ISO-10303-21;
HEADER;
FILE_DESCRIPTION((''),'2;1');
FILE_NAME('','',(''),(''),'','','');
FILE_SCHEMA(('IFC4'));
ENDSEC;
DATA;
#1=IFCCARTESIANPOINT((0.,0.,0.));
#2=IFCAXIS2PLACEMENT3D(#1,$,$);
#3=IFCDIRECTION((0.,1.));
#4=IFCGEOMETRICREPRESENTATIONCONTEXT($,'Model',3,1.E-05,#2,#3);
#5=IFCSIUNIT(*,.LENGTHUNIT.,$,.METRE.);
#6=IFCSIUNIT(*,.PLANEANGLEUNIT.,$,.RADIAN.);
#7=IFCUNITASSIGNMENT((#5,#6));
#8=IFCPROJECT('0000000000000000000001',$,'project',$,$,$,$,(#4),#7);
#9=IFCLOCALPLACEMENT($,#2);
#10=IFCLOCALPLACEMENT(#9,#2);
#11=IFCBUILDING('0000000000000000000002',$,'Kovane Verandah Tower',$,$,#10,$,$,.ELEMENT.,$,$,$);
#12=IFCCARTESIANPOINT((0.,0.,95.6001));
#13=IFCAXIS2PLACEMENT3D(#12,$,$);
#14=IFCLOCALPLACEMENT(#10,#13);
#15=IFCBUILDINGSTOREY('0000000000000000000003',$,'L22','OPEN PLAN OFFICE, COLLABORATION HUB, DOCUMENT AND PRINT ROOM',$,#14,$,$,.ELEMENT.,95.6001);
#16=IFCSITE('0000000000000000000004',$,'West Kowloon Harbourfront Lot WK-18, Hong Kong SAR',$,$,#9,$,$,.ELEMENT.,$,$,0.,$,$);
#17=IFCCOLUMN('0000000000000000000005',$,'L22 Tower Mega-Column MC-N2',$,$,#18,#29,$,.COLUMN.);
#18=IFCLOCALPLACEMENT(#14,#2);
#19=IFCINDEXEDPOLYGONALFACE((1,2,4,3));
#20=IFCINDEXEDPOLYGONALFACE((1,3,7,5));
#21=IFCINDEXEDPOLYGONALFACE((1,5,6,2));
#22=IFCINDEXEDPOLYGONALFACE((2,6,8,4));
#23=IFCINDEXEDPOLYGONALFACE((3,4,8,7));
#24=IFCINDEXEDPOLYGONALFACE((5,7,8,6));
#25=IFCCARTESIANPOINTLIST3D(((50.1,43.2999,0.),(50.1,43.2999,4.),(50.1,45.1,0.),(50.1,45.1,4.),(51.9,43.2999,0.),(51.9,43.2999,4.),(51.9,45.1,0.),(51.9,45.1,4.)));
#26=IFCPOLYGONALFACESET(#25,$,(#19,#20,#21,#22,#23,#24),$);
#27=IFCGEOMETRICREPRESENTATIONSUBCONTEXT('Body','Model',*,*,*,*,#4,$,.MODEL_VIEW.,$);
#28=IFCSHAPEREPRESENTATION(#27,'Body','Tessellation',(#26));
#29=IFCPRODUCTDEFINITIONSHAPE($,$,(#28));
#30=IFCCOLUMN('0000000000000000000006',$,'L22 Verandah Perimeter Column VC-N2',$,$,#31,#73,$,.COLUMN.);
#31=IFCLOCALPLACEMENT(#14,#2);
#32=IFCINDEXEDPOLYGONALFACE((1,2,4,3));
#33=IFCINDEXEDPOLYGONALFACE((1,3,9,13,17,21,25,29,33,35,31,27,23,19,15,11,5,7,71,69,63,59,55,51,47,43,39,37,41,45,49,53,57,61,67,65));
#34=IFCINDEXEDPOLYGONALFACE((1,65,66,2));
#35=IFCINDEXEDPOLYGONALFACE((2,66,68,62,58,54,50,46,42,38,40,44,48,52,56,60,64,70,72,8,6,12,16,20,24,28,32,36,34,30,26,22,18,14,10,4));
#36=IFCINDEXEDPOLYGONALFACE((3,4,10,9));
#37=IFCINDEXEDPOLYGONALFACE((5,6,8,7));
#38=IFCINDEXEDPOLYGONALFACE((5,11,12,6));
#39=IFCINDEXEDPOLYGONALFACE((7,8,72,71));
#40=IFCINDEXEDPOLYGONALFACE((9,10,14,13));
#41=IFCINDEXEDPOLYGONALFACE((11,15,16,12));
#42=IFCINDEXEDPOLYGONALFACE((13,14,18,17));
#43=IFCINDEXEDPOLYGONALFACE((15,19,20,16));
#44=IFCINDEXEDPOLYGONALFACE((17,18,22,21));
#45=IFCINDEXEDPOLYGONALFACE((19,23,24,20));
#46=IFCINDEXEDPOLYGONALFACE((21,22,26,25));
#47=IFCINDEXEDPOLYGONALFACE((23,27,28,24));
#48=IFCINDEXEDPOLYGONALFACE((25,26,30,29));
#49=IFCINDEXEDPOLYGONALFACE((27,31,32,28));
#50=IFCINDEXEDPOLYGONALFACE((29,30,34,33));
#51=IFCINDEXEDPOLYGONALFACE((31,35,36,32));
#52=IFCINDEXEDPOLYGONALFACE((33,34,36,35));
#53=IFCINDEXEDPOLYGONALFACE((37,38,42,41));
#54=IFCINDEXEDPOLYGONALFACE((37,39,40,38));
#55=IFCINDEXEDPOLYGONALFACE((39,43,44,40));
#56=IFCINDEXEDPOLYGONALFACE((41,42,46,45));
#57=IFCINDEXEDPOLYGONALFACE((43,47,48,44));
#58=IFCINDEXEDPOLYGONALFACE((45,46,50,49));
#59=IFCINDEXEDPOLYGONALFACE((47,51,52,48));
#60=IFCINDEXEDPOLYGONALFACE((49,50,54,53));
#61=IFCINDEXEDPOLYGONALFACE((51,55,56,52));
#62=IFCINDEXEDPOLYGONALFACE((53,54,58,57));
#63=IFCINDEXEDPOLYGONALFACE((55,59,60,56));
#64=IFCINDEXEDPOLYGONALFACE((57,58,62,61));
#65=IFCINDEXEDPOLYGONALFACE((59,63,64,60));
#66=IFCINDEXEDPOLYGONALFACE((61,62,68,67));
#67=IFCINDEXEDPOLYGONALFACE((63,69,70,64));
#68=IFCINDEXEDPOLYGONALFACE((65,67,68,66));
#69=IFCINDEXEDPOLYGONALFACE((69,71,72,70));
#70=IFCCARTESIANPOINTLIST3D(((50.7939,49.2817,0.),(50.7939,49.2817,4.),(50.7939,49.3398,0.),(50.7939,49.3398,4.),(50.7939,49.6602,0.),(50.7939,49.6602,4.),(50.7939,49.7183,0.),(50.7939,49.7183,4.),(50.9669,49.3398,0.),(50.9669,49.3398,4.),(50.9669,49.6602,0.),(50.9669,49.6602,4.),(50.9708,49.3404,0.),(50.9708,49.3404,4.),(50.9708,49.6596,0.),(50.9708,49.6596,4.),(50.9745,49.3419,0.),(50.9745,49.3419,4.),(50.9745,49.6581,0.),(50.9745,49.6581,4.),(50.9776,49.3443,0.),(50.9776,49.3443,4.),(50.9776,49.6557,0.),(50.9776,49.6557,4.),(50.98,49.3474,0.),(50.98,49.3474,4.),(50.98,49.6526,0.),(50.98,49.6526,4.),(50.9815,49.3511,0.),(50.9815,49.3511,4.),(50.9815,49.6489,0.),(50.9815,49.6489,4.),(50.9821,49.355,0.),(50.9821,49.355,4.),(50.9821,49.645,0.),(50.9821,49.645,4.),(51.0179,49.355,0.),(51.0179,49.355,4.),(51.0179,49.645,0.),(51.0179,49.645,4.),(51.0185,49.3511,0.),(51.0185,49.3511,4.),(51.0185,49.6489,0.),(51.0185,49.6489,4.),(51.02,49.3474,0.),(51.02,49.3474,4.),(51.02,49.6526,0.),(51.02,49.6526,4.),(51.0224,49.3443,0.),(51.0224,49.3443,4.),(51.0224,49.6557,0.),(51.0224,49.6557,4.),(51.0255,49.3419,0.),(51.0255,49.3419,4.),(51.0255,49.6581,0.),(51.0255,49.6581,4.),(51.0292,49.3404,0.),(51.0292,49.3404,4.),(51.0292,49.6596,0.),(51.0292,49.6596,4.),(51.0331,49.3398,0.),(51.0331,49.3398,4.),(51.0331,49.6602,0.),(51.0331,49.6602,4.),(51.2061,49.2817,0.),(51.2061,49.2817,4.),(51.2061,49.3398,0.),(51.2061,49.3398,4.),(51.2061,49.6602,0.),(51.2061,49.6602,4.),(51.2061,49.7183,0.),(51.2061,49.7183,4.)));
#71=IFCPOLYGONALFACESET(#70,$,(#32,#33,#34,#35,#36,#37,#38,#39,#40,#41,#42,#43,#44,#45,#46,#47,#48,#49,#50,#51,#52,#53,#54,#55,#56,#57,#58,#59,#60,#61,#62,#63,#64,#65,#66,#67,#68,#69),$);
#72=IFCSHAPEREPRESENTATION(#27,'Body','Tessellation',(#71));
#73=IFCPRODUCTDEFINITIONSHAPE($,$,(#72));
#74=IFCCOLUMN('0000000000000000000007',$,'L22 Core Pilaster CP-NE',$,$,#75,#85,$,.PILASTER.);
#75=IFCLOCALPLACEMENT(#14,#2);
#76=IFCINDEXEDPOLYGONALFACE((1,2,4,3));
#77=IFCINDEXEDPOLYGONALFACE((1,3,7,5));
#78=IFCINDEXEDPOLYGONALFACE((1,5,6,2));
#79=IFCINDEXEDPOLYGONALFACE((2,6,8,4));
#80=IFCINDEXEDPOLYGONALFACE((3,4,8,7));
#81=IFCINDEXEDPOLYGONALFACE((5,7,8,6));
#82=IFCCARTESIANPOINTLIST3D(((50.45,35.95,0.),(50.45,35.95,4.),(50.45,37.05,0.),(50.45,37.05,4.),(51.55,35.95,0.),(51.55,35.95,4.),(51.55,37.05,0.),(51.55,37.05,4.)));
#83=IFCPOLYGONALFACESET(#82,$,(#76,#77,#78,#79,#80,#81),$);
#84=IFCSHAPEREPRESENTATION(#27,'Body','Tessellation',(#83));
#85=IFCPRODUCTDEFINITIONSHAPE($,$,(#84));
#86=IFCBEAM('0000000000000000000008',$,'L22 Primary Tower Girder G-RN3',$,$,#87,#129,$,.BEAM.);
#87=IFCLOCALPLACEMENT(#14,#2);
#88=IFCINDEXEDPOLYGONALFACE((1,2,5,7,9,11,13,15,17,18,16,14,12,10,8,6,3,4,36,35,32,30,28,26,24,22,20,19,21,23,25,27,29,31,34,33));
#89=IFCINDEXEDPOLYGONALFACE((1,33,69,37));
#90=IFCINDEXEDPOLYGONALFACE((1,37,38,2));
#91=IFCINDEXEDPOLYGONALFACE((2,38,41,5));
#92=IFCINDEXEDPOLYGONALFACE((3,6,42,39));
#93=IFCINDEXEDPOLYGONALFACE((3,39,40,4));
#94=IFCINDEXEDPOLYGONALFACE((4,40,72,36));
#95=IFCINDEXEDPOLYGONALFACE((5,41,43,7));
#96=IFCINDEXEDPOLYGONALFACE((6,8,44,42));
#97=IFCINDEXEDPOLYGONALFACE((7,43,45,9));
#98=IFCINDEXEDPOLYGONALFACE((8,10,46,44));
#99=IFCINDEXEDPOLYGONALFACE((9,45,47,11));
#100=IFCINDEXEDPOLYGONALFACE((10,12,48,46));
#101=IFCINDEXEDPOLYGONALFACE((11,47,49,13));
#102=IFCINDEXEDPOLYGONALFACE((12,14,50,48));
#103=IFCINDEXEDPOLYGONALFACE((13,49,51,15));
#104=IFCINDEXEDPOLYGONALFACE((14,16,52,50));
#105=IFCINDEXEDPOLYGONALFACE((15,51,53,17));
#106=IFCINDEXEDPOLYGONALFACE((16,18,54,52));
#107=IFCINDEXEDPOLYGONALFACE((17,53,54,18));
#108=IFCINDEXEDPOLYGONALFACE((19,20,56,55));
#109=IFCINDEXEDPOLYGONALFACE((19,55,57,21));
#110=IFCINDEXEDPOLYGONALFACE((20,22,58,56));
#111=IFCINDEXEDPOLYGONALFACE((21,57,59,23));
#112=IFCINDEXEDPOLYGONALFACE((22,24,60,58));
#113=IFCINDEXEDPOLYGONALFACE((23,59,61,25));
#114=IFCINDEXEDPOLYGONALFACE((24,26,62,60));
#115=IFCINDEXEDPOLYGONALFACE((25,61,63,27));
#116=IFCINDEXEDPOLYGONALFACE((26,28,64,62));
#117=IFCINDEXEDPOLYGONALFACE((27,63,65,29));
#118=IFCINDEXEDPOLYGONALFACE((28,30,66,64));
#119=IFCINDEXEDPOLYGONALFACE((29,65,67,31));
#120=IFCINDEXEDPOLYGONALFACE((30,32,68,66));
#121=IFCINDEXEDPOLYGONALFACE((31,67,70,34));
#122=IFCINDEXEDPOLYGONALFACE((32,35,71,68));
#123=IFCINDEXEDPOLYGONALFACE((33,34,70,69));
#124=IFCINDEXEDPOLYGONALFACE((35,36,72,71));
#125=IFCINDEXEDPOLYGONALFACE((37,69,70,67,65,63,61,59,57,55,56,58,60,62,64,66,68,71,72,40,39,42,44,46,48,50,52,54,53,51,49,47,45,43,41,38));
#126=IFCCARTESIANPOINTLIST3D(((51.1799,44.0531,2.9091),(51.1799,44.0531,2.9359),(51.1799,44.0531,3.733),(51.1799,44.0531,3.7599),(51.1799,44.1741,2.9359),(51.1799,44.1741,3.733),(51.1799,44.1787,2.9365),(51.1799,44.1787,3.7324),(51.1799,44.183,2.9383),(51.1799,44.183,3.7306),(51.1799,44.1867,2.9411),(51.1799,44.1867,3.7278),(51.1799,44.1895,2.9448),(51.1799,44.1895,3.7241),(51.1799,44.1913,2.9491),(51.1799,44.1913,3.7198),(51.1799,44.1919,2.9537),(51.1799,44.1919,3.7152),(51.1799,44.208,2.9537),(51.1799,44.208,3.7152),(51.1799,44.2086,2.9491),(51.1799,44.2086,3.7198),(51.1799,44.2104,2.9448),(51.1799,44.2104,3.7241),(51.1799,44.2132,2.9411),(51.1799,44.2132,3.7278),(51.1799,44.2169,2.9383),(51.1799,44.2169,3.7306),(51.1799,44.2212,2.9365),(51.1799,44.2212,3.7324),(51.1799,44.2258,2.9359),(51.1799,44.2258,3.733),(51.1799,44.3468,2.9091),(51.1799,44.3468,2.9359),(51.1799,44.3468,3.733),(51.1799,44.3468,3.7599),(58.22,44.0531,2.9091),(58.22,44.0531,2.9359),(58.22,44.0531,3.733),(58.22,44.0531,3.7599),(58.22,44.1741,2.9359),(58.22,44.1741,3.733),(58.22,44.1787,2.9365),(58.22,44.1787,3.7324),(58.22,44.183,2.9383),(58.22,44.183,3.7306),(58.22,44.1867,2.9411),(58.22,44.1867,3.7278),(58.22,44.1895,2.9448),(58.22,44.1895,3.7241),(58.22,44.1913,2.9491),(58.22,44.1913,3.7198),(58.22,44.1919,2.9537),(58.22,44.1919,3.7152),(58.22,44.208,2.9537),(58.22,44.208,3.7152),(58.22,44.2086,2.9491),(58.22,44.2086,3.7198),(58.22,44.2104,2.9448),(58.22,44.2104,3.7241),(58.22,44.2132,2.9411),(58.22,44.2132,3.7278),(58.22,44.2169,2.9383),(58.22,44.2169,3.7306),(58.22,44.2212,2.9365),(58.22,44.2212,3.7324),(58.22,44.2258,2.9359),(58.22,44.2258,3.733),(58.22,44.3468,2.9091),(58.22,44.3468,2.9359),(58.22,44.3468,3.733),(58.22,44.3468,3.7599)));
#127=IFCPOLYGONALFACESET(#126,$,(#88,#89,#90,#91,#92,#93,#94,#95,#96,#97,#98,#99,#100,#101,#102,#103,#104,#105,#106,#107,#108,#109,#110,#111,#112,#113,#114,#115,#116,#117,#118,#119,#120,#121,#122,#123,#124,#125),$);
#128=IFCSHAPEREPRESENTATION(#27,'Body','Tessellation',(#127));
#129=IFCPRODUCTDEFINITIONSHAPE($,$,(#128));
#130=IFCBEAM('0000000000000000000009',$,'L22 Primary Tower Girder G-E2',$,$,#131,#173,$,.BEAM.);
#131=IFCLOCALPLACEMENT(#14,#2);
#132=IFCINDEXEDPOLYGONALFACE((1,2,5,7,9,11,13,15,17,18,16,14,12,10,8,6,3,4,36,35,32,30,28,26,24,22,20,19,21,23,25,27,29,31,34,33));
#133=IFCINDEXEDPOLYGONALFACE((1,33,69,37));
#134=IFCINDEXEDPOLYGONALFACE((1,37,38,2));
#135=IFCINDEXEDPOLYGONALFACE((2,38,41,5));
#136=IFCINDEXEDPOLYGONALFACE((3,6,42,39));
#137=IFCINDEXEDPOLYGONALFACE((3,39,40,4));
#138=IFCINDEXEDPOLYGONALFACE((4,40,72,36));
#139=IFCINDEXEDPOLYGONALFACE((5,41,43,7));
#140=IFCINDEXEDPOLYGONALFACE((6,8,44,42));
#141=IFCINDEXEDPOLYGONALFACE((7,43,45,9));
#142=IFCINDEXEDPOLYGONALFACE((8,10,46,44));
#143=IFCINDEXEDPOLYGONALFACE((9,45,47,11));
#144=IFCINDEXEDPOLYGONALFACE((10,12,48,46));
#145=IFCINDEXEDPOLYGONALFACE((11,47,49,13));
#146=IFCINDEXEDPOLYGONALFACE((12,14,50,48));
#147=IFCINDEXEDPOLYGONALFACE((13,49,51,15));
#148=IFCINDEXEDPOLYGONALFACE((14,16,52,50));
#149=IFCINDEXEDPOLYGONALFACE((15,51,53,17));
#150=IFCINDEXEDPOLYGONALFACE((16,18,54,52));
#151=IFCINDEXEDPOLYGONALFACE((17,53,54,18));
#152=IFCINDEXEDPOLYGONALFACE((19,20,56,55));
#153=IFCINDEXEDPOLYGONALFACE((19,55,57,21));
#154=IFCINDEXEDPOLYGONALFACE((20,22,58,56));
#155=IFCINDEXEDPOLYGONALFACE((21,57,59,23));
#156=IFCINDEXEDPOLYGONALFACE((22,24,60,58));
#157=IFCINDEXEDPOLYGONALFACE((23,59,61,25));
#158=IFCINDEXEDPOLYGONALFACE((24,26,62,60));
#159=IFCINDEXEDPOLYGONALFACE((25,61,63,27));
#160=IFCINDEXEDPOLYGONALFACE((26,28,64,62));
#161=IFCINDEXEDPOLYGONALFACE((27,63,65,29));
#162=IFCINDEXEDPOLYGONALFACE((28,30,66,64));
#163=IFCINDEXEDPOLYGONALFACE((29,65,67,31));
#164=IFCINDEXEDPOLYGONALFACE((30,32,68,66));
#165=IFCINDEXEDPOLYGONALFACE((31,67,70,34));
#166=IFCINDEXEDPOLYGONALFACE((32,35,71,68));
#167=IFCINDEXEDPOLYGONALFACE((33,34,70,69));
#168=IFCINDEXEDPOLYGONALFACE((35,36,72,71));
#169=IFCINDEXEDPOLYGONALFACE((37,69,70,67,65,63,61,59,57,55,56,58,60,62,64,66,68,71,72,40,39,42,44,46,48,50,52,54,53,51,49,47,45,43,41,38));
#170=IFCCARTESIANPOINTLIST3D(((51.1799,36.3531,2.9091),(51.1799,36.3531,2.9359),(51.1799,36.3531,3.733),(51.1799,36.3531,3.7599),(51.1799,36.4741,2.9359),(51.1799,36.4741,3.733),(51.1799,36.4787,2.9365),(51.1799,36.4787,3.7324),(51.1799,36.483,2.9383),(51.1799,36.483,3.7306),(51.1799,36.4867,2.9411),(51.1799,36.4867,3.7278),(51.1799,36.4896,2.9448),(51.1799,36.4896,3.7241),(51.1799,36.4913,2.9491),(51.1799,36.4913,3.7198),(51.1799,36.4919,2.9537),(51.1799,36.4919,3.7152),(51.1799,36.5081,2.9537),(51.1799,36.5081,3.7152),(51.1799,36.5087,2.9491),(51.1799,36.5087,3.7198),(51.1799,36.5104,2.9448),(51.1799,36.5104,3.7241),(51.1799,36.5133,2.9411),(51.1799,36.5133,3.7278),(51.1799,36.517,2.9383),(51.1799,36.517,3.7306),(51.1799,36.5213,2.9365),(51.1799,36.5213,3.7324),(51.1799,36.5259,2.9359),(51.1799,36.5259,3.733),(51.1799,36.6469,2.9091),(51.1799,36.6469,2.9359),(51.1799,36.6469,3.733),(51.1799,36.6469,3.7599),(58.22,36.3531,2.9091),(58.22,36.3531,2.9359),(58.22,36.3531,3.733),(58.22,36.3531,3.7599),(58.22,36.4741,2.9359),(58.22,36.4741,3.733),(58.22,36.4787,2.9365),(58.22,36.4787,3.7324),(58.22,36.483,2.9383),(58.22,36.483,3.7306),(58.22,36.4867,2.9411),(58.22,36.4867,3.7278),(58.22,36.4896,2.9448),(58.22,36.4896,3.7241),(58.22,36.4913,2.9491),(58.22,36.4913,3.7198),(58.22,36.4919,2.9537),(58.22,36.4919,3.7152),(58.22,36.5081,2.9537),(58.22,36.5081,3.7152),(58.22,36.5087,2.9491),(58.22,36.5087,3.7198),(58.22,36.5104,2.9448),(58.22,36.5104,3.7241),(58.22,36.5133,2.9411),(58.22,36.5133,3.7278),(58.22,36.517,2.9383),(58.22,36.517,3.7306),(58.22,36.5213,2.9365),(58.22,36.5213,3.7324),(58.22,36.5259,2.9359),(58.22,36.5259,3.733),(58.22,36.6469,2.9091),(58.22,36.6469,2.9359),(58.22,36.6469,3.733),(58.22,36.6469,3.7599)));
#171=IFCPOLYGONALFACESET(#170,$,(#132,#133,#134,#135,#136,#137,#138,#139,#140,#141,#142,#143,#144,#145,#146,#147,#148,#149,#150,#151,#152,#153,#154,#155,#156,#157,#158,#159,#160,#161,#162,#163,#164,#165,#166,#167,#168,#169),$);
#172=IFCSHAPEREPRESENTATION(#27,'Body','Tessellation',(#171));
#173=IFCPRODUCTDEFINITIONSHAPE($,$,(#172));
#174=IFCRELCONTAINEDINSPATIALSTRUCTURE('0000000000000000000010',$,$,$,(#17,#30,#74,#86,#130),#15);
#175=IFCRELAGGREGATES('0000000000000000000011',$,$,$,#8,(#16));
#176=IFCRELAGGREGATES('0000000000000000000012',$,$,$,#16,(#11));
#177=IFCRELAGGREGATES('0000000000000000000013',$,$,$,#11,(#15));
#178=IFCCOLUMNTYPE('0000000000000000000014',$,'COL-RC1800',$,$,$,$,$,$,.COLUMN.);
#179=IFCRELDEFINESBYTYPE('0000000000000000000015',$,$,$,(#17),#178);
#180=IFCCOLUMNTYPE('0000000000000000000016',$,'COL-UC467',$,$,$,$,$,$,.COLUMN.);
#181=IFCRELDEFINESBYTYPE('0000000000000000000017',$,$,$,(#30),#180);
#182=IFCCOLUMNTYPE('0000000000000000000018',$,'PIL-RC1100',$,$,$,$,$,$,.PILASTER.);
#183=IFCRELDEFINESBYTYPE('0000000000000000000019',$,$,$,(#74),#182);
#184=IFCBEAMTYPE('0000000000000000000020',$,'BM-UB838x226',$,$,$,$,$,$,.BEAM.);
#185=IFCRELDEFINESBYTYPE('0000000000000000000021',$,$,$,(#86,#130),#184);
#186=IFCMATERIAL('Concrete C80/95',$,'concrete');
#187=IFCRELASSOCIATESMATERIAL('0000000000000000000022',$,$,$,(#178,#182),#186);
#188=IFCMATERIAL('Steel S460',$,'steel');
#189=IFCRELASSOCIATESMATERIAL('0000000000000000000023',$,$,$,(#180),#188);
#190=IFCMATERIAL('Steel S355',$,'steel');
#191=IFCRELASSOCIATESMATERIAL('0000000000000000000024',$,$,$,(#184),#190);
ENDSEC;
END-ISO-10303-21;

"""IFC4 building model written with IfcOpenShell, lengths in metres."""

from ifc_helpers import new_model, si_unit, direction, frame, origin, origin_2d, place, context, subcontext, project, spatial, rectangle, i_section, extrude, material, material_profile, profile_set, type_object, element, save


model = new_model("IFC4")

# Units and contexts
model_context = context("Model", 3, precision=1e-05, world=origin(), true_north=direction((0.0, 1.0)))
body_context = subcontext(model_context, "Body", "Model", "MODEL_VIEW")
ifc_project = project(units=[si_unit("LENGTHUNIT", "METRE"), si_unit("PLANEANGLEUNIT", "RADIAN")], contexts=[model_context])

# Site, building, storey
site_placement = place(None, origin())
site = spatial("IfcSite", under=ifc_project, at=site_placement, Name="West Kowloon Harbourfront Lot WK-18, Hong Kong SAR", CompositionType="ELEMENT", RefElevation=0.0)
building_placement = place(site_placement, origin())
building = spatial("IfcBuilding", under=site, at=building_placement, Name="Kovane Verandah Tower", CompositionType="ELEMENT")
storey_placement = place(building_placement, frame((0.0, 0.0, 95.6001)))
storey = spatial("IfcBuildingStorey", under=building, at=storey_placement, Name="L22", Description="OPEN PLAN OFFICE, COLLABORATION HUB, DOCUMENT AND PRINT ROOM", CompositionType="ELEMENT", Elevation=95.6001)

# Columns
ifc_material_1 = material(Name="Concrete C80/95", Category="concrete")
ifc_material_profile_1 = material_profile(ifc_material_1, rectangle(XDim=1.8, YDim=1.8, at=origin_2d()), Name="RC1800x1800")
ifc_profile_set_1 = profile_set([ifc_material_profile_1], Name="Concrete C80/95")
column_type_1 = type_object("IfcColumnType", Name="COL-RC1800", PredefinedType="COLUMN", material=ifc_profile_set_1)
column_1_placement = place(storey_placement, frame((51.0, 44.2, 0.0), z_axis=(0.0, 0.0, 1.0), x_axis=(1.0, 0.0, 0.0)))
element("IfcColumn", 1, at=column_1_placement, inside=storey, type_object=column_type_1, Name="L22 Tower Mega-Column MC-N2", PredefinedType="COLUMN", context=body_context, shape_type="SweptSolid", body=[
    extrude(rectangle(XDim=1.8, YDim=1.8, at=origin_2d()), origin(), (0.0, 0.0, 1.0), 4.0),
])
ifc_material_2 = material(Name="Steel S460", Category="steel")
ifc_material_profile_2 = material_profile(ifc_material_2, i_section(OverallWidth=0.4121, OverallDepth=0.4365, WebThickness=0.0359, FlangeThickness=0.0581, FilletRadius=0.0151, at=origin_2d()), Name="UC356x406x467")
ifc_profile_set_2 = profile_set([ifc_material_profile_2], Name="Steel S460")
column_type_2 = type_object("IfcColumnType", Name="COL-UC467", PredefinedType="COLUMN", material=ifc_profile_set_2)
column_2_placement = place(storey_placement, frame((51.0, 49.5, 0.0), z_axis=(0.0, 0.0, 1.0), x_axis=(1.0, 0.0, 0.0)))
element("IfcColumn", 2, at=column_2_placement, inside=storey, type_object=column_type_2, Name="L22 Verandah Perimeter Column VC-N2", PredefinedType="COLUMN", context=body_context, shape_type="SweptSolid", body=[
    extrude(i_section(OverallWidth=0.4121, OverallDepth=0.4365, WebThickness=0.0359, FlangeThickness=0.0581, FilletRadius=0.0151, at=origin_2d()), origin(), (0.0, 0.0, 1.0), 4.0),
])
ifc_material_profile_3 = material_profile(ifc_material_1, rectangle(XDim=1.1001, YDim=1.1001, at=origin_2d()), Name="RC1100x1100")
ifc_profile_set_3 = profile_set([ifc_material_profile_3], Name="Concrete C80/95")
column_type_3 = type_object("IfcColumnType", Name="PIL-RC1100", PredefinedType="PILASTER", material=ifc_profile_set_3)
column_3_placement = place(storey_placement, frame((51.0, 36.5, 0.0), z_axis=(0.0, 0.0, 1.0), x_axis=(1.0, 0.0, 0.0)))
element("IfcColumn", 3, at=column_3_placement, inside=storey, type_object=column_type_3, Name="L22 Core Pilaster CP-NE", PredefinedType="PILASTER", context=body_context, shape_type="SweptSolid", body=[
    extrude(rectangle(XDim=1.1001, YDim=1.1001, at=origin_2d()), origin(), (0.0, 0.0, 1.0), 4.0),
])

# Beams
ifc_material_3 = material(Name="Steel S355", Category="steel")
ifc_material_profile_4 = material_profile(ifc_material_3, i_section(OverallWidth=0.2937, OverallDepth=0.8508, WebThickness=0.0161, FlangeThickness=0.0269, FilletRadius=0.0178, at=origin_2d()), Name="UB838x292x226")
ifc_profile_set_4 = profile_set([ifc_material_profile_4], Name="Steel S355")
beam_type = type_object("IfcBeamType", Name="BM-UB838x226", PredefinedType="BEAM", material=ifc_profile_set_4)
for number, where, z_axis, x_axis, name in (
    (4, (51.1799, 44.2, 3.3345), (1.0, 0.0, 0.0), (0.0, 1.0, 0.0), "L22 Primary Tower Girder G-RN3"),
    (5, (51.1799, 36.5, 3.3345), (1.0, 0.0, 0.0), (0.0, 1.0, 0.0), "L22 Primary Tower Girder G-E2"),
):
    element("IfcBeam", number, at=place(storey_placement, frame(where, z_axis=z_axis, x_axis=x_axis)), inside=storey, type_object=beam_type, Name=name, PredefinedType="BEAM", context=body_context, shape_type="SweptSolid", body=[
        extrude(i_section(OverallWidth=0.2937, OverallDepth=0.8508, WebThickness=0.0161, FlangeThickness=0.0269, FilletRadius=0.0178, at=origin_2d()), origin(), (0.0, 0.0, 1.0), 7.04),
    ])

save(model, "model.ifc")
